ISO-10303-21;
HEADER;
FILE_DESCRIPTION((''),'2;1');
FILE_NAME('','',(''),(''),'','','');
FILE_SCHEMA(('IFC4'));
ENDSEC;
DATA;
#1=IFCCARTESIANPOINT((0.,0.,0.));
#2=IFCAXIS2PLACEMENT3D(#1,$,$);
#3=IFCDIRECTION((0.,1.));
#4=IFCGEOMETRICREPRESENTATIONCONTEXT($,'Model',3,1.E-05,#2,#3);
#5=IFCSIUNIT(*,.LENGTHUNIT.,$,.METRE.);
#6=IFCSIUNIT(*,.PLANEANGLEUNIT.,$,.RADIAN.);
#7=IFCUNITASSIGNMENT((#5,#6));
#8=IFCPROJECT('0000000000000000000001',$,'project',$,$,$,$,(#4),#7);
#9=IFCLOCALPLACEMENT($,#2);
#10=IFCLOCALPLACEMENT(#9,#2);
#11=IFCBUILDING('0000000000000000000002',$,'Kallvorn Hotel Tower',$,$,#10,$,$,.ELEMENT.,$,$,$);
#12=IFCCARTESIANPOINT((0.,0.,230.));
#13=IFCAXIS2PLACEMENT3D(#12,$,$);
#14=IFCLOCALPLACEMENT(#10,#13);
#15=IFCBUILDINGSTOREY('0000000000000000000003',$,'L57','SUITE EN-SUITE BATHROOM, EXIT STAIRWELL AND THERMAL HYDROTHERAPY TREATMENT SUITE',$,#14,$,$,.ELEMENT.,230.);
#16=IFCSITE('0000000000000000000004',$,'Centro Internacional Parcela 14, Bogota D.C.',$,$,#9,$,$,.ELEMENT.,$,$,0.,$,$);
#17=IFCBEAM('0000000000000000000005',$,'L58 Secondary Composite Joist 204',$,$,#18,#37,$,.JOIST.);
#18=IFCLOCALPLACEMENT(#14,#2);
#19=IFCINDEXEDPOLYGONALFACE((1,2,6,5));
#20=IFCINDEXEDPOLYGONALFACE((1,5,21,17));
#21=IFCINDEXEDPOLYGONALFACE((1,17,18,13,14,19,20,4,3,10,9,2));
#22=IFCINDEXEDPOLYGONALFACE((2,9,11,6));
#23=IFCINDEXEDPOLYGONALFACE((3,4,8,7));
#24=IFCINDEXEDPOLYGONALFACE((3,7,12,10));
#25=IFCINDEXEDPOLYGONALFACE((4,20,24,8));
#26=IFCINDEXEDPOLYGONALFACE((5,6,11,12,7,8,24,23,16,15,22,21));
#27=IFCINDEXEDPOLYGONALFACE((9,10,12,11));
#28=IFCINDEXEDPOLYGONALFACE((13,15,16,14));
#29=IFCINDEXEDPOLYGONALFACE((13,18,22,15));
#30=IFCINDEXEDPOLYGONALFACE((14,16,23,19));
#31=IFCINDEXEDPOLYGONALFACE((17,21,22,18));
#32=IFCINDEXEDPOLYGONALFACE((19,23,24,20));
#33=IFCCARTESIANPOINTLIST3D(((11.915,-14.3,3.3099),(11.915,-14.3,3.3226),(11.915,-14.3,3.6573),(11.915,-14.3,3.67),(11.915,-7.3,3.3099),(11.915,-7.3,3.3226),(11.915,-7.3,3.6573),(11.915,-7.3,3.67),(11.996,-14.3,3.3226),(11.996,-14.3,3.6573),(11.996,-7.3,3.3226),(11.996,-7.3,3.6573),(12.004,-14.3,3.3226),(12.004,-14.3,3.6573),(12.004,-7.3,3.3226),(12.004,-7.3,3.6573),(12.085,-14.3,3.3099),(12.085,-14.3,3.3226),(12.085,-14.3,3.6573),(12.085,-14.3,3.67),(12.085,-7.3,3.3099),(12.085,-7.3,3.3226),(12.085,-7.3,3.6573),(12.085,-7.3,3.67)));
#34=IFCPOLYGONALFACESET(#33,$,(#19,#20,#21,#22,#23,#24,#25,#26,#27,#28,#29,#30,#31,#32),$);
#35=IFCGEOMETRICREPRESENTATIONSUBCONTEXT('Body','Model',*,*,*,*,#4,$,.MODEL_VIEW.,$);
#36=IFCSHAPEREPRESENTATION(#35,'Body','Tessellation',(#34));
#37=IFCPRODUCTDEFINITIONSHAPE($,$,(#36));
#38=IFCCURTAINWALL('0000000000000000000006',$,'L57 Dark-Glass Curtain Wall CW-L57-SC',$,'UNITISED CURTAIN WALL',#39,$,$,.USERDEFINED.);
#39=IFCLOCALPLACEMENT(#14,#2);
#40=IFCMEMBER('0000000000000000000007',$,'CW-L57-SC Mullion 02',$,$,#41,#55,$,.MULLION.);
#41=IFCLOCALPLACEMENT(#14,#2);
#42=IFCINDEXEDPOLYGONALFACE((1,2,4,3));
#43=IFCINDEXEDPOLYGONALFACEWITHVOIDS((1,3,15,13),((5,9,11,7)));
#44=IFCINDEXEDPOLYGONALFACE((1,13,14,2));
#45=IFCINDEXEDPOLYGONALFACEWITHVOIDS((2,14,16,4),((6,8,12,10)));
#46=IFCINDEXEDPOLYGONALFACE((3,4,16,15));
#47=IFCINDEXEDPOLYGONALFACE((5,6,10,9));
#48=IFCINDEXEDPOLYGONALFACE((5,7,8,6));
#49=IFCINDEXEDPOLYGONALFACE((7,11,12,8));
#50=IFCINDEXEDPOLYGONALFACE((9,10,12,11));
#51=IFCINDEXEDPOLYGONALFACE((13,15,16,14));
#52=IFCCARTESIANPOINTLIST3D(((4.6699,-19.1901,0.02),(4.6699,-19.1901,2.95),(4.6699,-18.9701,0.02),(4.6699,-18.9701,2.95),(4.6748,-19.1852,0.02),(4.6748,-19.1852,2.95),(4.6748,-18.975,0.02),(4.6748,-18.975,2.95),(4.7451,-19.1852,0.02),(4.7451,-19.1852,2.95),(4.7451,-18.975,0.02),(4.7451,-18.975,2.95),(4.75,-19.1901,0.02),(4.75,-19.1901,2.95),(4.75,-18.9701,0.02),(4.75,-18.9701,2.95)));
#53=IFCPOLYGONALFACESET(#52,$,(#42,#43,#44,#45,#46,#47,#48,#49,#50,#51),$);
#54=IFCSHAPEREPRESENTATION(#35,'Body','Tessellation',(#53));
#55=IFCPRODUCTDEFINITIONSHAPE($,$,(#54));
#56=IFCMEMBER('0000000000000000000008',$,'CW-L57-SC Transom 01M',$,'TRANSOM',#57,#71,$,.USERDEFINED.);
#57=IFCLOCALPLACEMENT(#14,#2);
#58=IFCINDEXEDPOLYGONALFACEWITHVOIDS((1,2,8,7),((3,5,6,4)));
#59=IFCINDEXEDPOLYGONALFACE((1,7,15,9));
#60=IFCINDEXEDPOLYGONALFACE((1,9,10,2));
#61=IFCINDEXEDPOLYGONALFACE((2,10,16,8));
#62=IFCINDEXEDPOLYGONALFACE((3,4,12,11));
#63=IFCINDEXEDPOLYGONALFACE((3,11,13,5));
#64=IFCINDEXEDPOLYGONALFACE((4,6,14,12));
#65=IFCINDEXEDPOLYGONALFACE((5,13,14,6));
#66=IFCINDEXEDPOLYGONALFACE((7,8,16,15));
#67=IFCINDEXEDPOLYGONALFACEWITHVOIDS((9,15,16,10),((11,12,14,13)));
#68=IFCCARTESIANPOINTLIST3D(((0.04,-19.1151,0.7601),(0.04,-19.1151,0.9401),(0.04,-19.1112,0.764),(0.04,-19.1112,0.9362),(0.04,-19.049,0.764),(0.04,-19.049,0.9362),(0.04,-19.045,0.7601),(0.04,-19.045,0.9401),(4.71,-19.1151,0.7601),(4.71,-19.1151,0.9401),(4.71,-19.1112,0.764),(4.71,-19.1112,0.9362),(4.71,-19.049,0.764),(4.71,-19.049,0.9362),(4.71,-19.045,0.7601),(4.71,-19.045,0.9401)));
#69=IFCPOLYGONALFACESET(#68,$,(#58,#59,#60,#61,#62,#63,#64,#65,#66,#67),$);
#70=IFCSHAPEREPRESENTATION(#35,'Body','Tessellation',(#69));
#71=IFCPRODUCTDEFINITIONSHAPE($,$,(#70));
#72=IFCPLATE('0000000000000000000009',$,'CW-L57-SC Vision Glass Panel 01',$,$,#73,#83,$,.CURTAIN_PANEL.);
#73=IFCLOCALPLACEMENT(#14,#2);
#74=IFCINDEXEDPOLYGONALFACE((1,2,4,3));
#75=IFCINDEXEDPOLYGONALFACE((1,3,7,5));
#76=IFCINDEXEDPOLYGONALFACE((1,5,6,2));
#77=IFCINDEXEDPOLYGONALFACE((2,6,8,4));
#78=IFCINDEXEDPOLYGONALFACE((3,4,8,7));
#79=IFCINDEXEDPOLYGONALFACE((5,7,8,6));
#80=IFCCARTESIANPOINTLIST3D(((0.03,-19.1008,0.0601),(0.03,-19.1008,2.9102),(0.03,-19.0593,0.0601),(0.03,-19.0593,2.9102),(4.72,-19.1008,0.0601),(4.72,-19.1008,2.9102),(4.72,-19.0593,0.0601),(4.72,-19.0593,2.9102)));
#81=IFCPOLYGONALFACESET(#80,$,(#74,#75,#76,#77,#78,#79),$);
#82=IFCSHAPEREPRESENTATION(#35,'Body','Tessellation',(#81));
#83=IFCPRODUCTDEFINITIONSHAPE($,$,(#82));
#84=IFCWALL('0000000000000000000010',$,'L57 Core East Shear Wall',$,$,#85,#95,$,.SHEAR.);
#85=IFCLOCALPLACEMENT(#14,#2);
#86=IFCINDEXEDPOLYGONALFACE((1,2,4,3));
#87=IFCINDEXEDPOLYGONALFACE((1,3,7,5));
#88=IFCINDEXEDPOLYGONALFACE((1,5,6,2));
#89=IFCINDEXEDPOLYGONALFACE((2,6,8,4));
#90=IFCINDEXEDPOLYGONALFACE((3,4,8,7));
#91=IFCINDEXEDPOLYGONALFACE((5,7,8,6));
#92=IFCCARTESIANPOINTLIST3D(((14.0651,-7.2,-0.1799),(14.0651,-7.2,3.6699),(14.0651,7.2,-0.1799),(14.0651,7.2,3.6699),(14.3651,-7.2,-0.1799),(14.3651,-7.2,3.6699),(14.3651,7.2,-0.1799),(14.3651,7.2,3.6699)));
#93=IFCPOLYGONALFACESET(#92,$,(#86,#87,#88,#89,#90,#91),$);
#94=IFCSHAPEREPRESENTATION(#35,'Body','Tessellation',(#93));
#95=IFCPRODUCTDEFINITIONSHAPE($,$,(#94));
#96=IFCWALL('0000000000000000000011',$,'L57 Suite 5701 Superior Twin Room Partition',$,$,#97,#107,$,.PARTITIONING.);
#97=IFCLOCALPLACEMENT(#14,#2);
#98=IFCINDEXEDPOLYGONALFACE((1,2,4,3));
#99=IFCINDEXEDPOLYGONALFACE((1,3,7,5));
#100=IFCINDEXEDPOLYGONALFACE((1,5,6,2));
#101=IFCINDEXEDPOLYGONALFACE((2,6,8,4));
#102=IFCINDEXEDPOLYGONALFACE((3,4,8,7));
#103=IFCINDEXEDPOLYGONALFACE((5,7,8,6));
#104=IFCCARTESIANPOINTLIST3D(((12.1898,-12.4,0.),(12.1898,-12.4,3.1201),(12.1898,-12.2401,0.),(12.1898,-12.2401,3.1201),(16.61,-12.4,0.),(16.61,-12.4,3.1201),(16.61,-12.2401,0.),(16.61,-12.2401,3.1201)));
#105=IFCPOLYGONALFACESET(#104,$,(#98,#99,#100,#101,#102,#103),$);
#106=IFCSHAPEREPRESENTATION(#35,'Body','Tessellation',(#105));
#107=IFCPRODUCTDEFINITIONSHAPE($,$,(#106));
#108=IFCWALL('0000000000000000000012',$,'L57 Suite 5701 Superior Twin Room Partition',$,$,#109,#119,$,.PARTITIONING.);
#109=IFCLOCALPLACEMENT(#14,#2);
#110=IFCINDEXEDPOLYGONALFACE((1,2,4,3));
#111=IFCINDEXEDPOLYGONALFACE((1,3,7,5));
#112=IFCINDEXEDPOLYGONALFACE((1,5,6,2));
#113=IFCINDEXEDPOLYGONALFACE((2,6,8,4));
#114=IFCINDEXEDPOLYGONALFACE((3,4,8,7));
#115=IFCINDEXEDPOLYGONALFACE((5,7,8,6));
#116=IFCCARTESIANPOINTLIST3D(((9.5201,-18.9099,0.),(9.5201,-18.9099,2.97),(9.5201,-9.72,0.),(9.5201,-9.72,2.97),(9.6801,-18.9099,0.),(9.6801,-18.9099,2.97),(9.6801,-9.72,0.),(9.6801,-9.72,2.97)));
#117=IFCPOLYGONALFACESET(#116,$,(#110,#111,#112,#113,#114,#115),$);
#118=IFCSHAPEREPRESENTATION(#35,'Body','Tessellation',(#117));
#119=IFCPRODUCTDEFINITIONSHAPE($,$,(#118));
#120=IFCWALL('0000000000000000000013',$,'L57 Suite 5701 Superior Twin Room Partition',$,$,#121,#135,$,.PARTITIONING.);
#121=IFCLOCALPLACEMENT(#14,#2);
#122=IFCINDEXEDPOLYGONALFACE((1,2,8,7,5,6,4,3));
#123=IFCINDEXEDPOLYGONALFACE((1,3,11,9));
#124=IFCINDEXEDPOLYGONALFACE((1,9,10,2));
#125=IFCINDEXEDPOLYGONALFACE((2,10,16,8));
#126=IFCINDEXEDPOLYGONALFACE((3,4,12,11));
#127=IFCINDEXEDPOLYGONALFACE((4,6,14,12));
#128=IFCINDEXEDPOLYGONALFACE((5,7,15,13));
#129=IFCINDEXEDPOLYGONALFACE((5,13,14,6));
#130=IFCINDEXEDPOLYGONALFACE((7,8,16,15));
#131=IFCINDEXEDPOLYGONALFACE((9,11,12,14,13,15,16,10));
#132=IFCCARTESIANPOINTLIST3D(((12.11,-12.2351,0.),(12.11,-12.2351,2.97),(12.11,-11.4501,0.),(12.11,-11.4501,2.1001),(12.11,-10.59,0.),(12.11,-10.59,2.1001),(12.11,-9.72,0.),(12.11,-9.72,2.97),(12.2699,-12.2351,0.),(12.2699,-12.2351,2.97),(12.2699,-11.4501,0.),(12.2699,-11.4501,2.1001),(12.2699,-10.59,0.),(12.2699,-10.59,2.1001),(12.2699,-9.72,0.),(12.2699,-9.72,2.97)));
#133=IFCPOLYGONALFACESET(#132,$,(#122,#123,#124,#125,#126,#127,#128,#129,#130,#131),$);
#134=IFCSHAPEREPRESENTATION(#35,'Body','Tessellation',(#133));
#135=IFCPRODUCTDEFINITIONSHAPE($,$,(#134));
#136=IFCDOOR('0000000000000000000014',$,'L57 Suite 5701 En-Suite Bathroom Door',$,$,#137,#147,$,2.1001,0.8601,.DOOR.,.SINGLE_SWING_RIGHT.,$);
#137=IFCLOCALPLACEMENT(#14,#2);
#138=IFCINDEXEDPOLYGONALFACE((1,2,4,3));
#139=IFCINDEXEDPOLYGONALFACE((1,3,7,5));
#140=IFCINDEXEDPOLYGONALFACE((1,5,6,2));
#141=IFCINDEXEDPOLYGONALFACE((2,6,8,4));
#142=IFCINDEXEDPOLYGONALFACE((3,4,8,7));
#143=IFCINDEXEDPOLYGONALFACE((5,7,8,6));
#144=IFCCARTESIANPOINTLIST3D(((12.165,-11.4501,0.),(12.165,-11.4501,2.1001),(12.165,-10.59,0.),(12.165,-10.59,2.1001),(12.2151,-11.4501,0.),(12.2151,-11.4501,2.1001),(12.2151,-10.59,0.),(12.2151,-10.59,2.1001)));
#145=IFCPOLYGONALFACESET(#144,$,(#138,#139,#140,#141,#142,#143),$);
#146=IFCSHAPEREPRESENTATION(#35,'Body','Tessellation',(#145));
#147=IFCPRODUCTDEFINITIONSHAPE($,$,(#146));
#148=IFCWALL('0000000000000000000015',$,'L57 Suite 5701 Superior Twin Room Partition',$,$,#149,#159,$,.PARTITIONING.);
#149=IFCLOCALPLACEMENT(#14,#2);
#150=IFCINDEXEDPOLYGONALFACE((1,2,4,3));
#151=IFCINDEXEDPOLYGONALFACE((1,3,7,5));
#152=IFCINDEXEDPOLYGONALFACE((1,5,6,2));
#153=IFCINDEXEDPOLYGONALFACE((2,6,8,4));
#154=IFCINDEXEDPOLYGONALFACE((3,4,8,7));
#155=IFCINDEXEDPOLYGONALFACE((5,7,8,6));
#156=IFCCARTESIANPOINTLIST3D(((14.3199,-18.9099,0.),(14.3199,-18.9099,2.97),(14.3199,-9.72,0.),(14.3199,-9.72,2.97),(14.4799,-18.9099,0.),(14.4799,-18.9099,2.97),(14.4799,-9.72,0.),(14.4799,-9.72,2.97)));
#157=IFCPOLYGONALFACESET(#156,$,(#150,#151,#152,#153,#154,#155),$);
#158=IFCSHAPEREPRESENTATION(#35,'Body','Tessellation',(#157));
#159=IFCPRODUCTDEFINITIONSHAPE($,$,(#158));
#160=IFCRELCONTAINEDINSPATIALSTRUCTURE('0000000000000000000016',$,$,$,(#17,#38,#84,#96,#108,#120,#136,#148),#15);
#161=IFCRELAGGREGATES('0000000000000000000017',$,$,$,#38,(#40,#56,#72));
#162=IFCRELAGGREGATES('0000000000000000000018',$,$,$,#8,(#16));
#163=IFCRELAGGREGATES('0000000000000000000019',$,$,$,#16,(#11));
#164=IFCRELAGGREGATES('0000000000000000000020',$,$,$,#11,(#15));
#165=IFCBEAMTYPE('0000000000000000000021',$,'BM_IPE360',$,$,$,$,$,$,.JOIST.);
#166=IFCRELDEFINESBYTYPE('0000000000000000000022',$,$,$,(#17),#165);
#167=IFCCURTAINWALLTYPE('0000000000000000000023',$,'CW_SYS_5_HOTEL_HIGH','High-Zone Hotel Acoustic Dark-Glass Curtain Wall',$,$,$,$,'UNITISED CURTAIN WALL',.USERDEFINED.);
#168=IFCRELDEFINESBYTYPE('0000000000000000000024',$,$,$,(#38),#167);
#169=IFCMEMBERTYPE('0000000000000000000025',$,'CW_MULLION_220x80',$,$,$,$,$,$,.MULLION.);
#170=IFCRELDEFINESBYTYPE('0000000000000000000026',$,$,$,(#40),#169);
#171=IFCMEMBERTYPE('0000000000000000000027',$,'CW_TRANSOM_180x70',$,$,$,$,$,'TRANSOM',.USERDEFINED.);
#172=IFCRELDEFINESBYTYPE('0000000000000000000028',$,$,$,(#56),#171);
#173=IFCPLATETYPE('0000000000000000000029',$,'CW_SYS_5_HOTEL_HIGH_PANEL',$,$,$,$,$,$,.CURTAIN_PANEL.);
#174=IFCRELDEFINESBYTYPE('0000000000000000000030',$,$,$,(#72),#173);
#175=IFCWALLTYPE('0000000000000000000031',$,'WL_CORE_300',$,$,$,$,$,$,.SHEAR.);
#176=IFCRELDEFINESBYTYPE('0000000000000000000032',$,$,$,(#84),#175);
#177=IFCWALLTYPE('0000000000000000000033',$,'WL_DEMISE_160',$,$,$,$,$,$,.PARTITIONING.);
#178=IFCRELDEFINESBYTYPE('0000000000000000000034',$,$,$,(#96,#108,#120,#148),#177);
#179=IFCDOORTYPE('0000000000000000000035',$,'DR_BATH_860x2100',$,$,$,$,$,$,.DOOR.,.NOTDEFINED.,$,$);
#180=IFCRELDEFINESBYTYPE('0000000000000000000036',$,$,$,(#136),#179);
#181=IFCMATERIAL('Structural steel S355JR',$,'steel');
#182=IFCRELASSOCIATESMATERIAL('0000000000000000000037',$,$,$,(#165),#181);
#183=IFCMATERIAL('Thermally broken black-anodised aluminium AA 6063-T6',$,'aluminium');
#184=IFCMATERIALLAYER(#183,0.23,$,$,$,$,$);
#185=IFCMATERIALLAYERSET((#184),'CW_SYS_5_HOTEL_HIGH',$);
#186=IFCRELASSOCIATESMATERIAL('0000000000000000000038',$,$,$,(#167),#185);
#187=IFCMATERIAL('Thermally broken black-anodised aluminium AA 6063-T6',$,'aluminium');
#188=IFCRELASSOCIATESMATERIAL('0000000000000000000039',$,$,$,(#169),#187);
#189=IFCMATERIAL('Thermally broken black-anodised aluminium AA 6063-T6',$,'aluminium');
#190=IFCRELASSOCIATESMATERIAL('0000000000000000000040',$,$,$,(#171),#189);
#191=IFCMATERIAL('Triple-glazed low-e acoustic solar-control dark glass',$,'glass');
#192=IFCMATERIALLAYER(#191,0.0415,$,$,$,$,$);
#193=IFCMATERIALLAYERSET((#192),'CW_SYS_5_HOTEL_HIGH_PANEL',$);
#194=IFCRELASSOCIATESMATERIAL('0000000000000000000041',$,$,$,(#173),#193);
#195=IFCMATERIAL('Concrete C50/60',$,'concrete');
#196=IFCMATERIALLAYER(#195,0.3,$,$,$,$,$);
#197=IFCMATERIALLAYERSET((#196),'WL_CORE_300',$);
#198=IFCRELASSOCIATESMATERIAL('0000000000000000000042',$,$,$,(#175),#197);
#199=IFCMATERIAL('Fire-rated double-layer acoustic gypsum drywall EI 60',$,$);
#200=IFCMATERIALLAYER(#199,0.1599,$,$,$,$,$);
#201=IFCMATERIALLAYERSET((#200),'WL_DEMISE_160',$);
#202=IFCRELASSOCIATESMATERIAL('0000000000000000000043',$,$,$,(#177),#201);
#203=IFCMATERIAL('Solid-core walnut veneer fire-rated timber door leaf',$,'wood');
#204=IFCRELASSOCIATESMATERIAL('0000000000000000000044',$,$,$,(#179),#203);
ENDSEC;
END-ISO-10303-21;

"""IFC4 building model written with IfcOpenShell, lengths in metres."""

from ifc_helpers import new_model, si_unit, direction, frame, frame_2d, origin, origin_2d, place, context, subcontext, project, spatial, rectangle, hollow_rectangle, i_section, extrude, material, layer, layer_set, material_profile, profile_set, type_object, element, fill, aggregate, save


model = new_model("IFC4")

# Units and contexts
model_context = context("Model", 3, precision=1e-05, world=origin(), true_north=direction((0.0, 1.0)))
body_context = subcontext(model_context, "Body", "Model", "MODEL_VIEW")
ifc_project = project(units=[si_unit("LENGTHUNIT", "METRE"), si_unit("PLANEANGLEUNIT", "RADIAN")], contexts=[model_context])

# Site, building, storey
site_placement = place(None, origin())
site = spatial("IfcSite", under=ifc_project, at=site_placement, Name="Centro Internacional Parcela 14, Bogota D.C.", CompositionType="ELEMENT", RefElevation=0.0)
building_placement = place(site_placement, origin())
building = spatial("IfcBuilding", under=site, at=building_placement, Name="Kallvorn Hotel Tower", CompositionType="ELEMENT")
storey_placement = place(building_placement, frame((0.0, 0.0, 230.0)))
storey = spatial("IfcBuildingStorey", under=building, at=storey_placement, Name="L57", Description="SUITE EN-SUITE BATHROOM, EXIT STAIRWELL AND THERMAL HYDROTHERAPY TREATMENT SUITE", CompositionType="ELEMENT", Elevation=230.0)

# Beam
ifc_material_1 = material(Name="Structural steel S355JR", Category="steel")
ifc_material_profile_1 = material_profile(ifc_material_1, i_section(OverallWidth=0.1699, OverallDepth=0.3601, WebThickness=0.0081, FlangeThickness=0.0127, at=origin_2d()), Name="IPE 360")
ifc_profile_set_1 = profile_set([ifc_material_profile_1], Name="Structural steel S355JR")
beam_type_1 = type_object("IfcBeamType", Name="BM_IPE360", PredefinedType="JOIST", material=ifc_profile_set_1)
for number, where, z_axis, x_axis, name in (
    (1, (12.0, -14.3, 3.49), (0.0, 1.0, 0.0), (-1.0, 0.0, 0.0), "L58 Secondary Composite Joist 204"),
):
    element("IfcBeam", number, at=place(storey_placement, frame(where, z_axis=z_axis, x_axis=x_axis)), inside=storey, type_object=beam_type_1, Name=name, PredefinedType="JOIST", context=body_context, shape_type="SweptSolid", body=[
        extrude(i_section(OverallWidth=0.1699, OverallDepth=0.3601, WebThickness=0.0081, FlangeThickness=0.0127, at=origin_2d()), origin(), (0.0, 0.0, 1.0), 7.0),
    ])

# Curtain wall, members, plate
ifc_material_2 = material(Name="Thermally broken black-anodised aluminium AA 6063-T6", Category="aluminium")
ifc_layer_1 = layer(ifc_material_2, 0.23)
ifc_layer_set_1 = layer_set([ifc_layer_1], Name="CW_SYS_5_HOTEL_HIGH")
curtain_wall_type = type_object("IfcCurtainWallType", Name="CW_SYS_5_HOTEL_HIGH", Description="High-Zone Hotel Acoustic Dark-Glass Curtain Wall", ElementType="UNITISED CURTAIN WALL", PredefinedType="USERDEFINED", material=ifc_layer_set_1)
curtain_wall_placement = place(storey_placement, origin())
curtain_wall = element("IfcCurtainWall", 2, at=curtain_wall_placement, inside=storey, type_object=curtain_wall_type, Name="L57 Dark-Glass Curtain Wall CW-L57-SC", ObjectType="UNITISED CURTAIN WALL", PredefinedType="USERDEFINED")
ifc_material_3 = material(Name="Thermally broken black-anodised aluminium AA 6063-T6", Category="aluminium")
ifc_material_profile_2 = material_profile(ifc_material_3, hollow_rectangle(XDim=0.0801, YDim=0.22, WallThickness=0.0049, at=origin_2d()), Name="MUL 220x80")
ifc_profile_set_2 = profile_set([ifc_material_profile_2], Name="Thermally broken black-anodised aluminium AA 6063-T6")
member_type_1 = type_object("IfcMemberType", Name="CW_MULLION_220x80", PredefinedType="MULLION", material=ifc_profile_set_2)
member_1_placement = place(storey_placement, frame((4.71, -19.0801, 0.02), z_axis=(0.0, 0.0, 1.0), x_axis=(1.0, 0.0, 0.0)))
member_1 = element("IfcMember", 3, at=member_1_placement, type_object=member_type_1, Name="CW-L57-SC Mullion 02", PredefinedType="MULLION", context=body_context, shape_type="SweptSolid", body=[
    extrude(hollow_rectangle(XDim=0.0801, YDim=0.22, WallThickness=0.0049, at=origin_2d()), origin(), (0.0, 0.0, 1.0), 2.9299),
])
ifc_material_4 = material(Name="Thermally broken black-anodised aluminium AA 6063-T6", Category="aluminium")
ifc_material_profile_3 = material_profile(ifc_material_4, hollow_rectangle(XDim=0.0701, YDim=0.1799, WallThickness=0.0039, at=origin_2d()), Name="TRN 180x70")
ifc_profile_set_3 = profile_set([ifc_material_profile_3], Name="Thermally broken black-anodised aluminium AA 6063-T6")
member_type_2 = type_object("IfcMemberType", Name="CW_TRANSOM_180x70", ElementType="TRANSOM", PredefinedType="USERDEFINED", material=ifc_profile_set_3)
member_2_placement = place(storey_placement, frame((0.04, -19.0801, 0.8501), z_axis=(1.0, 0.0, 0.0), x_axis=(0.0, 1.0, 0.0)))
member_2 = element("IfcMember", 4, at=member_2_placement, type_object=member_type_2, Name="CW-L57-SC Transom 01M", ObjectType="TRANSOM", PredefinedType="USERDEFINED", context=body_context, shape_type="SweptSolid", body=[
    extrude(hollow_rectangle(XDim=0.0701, YDim=0.1799, WallThickness=0.0039, at=origin_2d()), origin(), (0.0, 0.0, 1.0), 4.6699),
])
ifc_material_5 = material(Name="Triple-glazed low-e acoustic solar-control dark glass", Category="glass")
ifc_layer_2 = layer(ifc_material_5, 0.0415)
ifc_layer_set_2 = layer_set([ifc_layer_2], Name="CW_SYS_5_HOTEL_HIGH_PANEL")
plate_type = type_object("IfcPlateType", Name="CW_SYS_5_HOTEL_HIGH_PANEL", PredefinedType="CURTAIN_PANEL", material=ifc_layer_set_2)
plate_placement = place(storey_placement, frame((2.375, -19.0801, 0.0601), z_axis=(0.0, 0.0, 1.0), x_axis=(1.0, 0.0, 0.0)))
plate = element("IfcPlate", 5, at=plate_placement, type_object=plate_type, Name="CW-L57-SC Vision Glass Panel 01", PredefinedType="CURTAIN_PANEL", context=body_context, shape_type="SweptSolid", body=[
    extrude(rectangle(XDim=4.6899, YDim=0.0415, at=origin_2d()), origin(), (0.0, 0.0, 1.0), 2.8501),
])
aggregate(curtain_wall, [member_1, member_2, plate])

# Walls
ifc_material_6 = material(Name="Concrete C50/60", Category="concrete")
ifc_layer_3 = layer(ifc_material_6, 0.3)
ifc_layer_set_3 = layer_set([ifc_layer_3], Name="WL_CORE_300")
wall_type_1 = type_object("IfcWallType", Name="WL_CORE_300", PredefinedType="SHEAR", material=ifc_layer_set_3)
wall_1_placement = place(storey_placement, frame((14.2151, -7.2, -0.1799), z_axis=(0.0, 0.0, 1.0), x_axis=(0.0, 1.0, 0.0)))
element("IfcWall", 6, at=wall_1_placement, inside=storey, type_object=wall_type_1, Name="L57 Core East Shear Wall", PredefinedType="SHEAR", context=body_context, shape_type="SweptSolid", body=[
    extrude(rectangle(XDim=14.3999, YDim=0.3, at=frame_2d((7.2, 0.0))), origin(), (0.0, 0.0, 1.0), 3.8499),
])
ifc_material_7 = material(Name="Fire-rated double-layer acoustic gypsum drywall EI 60")
ifc_layer_4 = layer(ifc_material_7, 0.1599)
ifc_layer_set_4 = layer_set([ifc_layer_4], Name="WL_DEMISE_160")
wall_type_2 = type_object("IfcWallType", Name="WL_DEMISE_160", PredefinedType="PARTITIONING", material=ifc_layer_set_4)
wall_2_placement = place(storey_placement, frame((12.1899, -12.3201, 0.0), z_axis=(0.0, 0.0, 1.0), x_axis=(1.0, 0.0, 0.0)))
element("IfcWall", 7, at=wall_2_placement, inside=storey, type_object=wall_type_2, Name="L57 Suite 5701 Superior Twin Room Partition", PredefinedType="PARTITIONING", context=body_context, shape_type="SweptSolid", body=[
    extrude(rectangle(XDim=4.4202, YDim=0.1599, at=frame_2d((2.21, 0.0))), origin(), (0.0, 0.0, 1.0), 3.1201),
])
wall_3_placement = place(storey_placement, frame((9.6001, -18.9099, 0.0), z_axis=(0.0, 0.0, 1.0), x_axis=(0.0, 1.0, 0.0)))
element("IfcWall", 8, at=wall_3_placement, inside=storey, type_object=wall_type_2, Name="L57 Suite 5701 Superior Twin Room Partition", PredefinedType="PARTITIONING", context=body_context, shape_type="SweptSolid", body=[
    extrude(rectangle(XDim=9.1899, YDim=0.1599, at=frame_2d((4.595, 0.0))), origin(), (0.0, 0.0, 1.0), 2.97),
])

# Wall, opening, door
wall_4_placement = place(storey_placement, frame((12.1899, -12.2351, 0.0), z_axis=(0.0, 0.0, 1.0), x_axis=(0.0, 1.0, 0.0)))
wall_4 = element("IfcWall", 9, at=wall_4_placement, inside=storey, type_object=wall_type_2, Name="L57 Suite 5701 Superior Twin Room Partition", PredefinedType="PARTITIONING", context=body_context, shape_type="SweptSolid", body=[
    extrude(rectangle(XDim=2.5151, YDim=0.1599, at=frame_2d((1.2576, 0.0))), origin(), (0.0, 0.0, 1.0), 2.97),
])
opening_1_placement = place(wall_4_placement, frame((0.7849, 0.0, 0.0)))
opening_1 = element("IfcOpeningElement", 10, at=opening_1_placement, cuts=wall_4, PredefinedType="OPENING", context=body_context, shape_type="SweptSolid", body=[
    extrude(rectangle(XDim=0.8601, YDim=2.1001, at=frame_2d((0.4302, 1.05))), frame((0.0, 0.095, 0.0), z_axis=(0.0, -1.0, 0.0), x_axis=(1.0, 0.0, 0.0)), (0.0, 0.0, 1.0), 0.1899),
])
ifc_material_8 = material(Name="Solid-core walnut veneer fire-rated timber door leaf", Category="wood")
door_type = type_object("IfcDoorType", Name="DR_BATH_860x2100", OperationType="NOTDEFINED", PredefinedType="DOOR", material=ifc_material_8)
door_placement = place(opening_1_placement, origin())
door = element("IfcDoor", 11, at=door_placement, inside=storey, type_object=door_type, Name="L57 Suite 5701 En-Suite Bathroom Door", OperationType="SINGLE_SWING_RIGHT", OverallHeight=2.1001, OverallWidth=0.8601, PredefinedType="DOOR", context=body_context, shape_type="SweptSolid", body=[
    extrude(rectangle(XDim=0.8601, YDim=2.1001, at=frame_2d((0.4302, 1.05))), frame((0.0, 0.0249, 0.0), z_axis=(0.0, -1.0, 0.0), x_axis=(1.0, 0.0, 0.0)), (0.0, 0.0, 1.0), 0.05),
])
fill(opening_1, door)

# Wall
wall_5_placement = place(storey_placement, frame((14.3999, -18.9099, 0.0), z_axis=(0.0, 0.0, 1.0), x_axis=(0.0, 1.0, 0.0)))
element("IfcWall", 12, at=wall_5_placement, inside=storey, type_object=wall_type_2, Name="L57 Suite 5701 Superior Twin Room Partition", PredefinedType="PARTITIONING", context=body_context, shape_type="SweptSolid", body=[
    extrude(rectangle(XDim=9.1899, YDim=0.1599, at=frame_2d((4.595, 0.0))), origin(), (0.0, 0.0, 1.0), 2.97),
])

save(model, "model.ifc")
